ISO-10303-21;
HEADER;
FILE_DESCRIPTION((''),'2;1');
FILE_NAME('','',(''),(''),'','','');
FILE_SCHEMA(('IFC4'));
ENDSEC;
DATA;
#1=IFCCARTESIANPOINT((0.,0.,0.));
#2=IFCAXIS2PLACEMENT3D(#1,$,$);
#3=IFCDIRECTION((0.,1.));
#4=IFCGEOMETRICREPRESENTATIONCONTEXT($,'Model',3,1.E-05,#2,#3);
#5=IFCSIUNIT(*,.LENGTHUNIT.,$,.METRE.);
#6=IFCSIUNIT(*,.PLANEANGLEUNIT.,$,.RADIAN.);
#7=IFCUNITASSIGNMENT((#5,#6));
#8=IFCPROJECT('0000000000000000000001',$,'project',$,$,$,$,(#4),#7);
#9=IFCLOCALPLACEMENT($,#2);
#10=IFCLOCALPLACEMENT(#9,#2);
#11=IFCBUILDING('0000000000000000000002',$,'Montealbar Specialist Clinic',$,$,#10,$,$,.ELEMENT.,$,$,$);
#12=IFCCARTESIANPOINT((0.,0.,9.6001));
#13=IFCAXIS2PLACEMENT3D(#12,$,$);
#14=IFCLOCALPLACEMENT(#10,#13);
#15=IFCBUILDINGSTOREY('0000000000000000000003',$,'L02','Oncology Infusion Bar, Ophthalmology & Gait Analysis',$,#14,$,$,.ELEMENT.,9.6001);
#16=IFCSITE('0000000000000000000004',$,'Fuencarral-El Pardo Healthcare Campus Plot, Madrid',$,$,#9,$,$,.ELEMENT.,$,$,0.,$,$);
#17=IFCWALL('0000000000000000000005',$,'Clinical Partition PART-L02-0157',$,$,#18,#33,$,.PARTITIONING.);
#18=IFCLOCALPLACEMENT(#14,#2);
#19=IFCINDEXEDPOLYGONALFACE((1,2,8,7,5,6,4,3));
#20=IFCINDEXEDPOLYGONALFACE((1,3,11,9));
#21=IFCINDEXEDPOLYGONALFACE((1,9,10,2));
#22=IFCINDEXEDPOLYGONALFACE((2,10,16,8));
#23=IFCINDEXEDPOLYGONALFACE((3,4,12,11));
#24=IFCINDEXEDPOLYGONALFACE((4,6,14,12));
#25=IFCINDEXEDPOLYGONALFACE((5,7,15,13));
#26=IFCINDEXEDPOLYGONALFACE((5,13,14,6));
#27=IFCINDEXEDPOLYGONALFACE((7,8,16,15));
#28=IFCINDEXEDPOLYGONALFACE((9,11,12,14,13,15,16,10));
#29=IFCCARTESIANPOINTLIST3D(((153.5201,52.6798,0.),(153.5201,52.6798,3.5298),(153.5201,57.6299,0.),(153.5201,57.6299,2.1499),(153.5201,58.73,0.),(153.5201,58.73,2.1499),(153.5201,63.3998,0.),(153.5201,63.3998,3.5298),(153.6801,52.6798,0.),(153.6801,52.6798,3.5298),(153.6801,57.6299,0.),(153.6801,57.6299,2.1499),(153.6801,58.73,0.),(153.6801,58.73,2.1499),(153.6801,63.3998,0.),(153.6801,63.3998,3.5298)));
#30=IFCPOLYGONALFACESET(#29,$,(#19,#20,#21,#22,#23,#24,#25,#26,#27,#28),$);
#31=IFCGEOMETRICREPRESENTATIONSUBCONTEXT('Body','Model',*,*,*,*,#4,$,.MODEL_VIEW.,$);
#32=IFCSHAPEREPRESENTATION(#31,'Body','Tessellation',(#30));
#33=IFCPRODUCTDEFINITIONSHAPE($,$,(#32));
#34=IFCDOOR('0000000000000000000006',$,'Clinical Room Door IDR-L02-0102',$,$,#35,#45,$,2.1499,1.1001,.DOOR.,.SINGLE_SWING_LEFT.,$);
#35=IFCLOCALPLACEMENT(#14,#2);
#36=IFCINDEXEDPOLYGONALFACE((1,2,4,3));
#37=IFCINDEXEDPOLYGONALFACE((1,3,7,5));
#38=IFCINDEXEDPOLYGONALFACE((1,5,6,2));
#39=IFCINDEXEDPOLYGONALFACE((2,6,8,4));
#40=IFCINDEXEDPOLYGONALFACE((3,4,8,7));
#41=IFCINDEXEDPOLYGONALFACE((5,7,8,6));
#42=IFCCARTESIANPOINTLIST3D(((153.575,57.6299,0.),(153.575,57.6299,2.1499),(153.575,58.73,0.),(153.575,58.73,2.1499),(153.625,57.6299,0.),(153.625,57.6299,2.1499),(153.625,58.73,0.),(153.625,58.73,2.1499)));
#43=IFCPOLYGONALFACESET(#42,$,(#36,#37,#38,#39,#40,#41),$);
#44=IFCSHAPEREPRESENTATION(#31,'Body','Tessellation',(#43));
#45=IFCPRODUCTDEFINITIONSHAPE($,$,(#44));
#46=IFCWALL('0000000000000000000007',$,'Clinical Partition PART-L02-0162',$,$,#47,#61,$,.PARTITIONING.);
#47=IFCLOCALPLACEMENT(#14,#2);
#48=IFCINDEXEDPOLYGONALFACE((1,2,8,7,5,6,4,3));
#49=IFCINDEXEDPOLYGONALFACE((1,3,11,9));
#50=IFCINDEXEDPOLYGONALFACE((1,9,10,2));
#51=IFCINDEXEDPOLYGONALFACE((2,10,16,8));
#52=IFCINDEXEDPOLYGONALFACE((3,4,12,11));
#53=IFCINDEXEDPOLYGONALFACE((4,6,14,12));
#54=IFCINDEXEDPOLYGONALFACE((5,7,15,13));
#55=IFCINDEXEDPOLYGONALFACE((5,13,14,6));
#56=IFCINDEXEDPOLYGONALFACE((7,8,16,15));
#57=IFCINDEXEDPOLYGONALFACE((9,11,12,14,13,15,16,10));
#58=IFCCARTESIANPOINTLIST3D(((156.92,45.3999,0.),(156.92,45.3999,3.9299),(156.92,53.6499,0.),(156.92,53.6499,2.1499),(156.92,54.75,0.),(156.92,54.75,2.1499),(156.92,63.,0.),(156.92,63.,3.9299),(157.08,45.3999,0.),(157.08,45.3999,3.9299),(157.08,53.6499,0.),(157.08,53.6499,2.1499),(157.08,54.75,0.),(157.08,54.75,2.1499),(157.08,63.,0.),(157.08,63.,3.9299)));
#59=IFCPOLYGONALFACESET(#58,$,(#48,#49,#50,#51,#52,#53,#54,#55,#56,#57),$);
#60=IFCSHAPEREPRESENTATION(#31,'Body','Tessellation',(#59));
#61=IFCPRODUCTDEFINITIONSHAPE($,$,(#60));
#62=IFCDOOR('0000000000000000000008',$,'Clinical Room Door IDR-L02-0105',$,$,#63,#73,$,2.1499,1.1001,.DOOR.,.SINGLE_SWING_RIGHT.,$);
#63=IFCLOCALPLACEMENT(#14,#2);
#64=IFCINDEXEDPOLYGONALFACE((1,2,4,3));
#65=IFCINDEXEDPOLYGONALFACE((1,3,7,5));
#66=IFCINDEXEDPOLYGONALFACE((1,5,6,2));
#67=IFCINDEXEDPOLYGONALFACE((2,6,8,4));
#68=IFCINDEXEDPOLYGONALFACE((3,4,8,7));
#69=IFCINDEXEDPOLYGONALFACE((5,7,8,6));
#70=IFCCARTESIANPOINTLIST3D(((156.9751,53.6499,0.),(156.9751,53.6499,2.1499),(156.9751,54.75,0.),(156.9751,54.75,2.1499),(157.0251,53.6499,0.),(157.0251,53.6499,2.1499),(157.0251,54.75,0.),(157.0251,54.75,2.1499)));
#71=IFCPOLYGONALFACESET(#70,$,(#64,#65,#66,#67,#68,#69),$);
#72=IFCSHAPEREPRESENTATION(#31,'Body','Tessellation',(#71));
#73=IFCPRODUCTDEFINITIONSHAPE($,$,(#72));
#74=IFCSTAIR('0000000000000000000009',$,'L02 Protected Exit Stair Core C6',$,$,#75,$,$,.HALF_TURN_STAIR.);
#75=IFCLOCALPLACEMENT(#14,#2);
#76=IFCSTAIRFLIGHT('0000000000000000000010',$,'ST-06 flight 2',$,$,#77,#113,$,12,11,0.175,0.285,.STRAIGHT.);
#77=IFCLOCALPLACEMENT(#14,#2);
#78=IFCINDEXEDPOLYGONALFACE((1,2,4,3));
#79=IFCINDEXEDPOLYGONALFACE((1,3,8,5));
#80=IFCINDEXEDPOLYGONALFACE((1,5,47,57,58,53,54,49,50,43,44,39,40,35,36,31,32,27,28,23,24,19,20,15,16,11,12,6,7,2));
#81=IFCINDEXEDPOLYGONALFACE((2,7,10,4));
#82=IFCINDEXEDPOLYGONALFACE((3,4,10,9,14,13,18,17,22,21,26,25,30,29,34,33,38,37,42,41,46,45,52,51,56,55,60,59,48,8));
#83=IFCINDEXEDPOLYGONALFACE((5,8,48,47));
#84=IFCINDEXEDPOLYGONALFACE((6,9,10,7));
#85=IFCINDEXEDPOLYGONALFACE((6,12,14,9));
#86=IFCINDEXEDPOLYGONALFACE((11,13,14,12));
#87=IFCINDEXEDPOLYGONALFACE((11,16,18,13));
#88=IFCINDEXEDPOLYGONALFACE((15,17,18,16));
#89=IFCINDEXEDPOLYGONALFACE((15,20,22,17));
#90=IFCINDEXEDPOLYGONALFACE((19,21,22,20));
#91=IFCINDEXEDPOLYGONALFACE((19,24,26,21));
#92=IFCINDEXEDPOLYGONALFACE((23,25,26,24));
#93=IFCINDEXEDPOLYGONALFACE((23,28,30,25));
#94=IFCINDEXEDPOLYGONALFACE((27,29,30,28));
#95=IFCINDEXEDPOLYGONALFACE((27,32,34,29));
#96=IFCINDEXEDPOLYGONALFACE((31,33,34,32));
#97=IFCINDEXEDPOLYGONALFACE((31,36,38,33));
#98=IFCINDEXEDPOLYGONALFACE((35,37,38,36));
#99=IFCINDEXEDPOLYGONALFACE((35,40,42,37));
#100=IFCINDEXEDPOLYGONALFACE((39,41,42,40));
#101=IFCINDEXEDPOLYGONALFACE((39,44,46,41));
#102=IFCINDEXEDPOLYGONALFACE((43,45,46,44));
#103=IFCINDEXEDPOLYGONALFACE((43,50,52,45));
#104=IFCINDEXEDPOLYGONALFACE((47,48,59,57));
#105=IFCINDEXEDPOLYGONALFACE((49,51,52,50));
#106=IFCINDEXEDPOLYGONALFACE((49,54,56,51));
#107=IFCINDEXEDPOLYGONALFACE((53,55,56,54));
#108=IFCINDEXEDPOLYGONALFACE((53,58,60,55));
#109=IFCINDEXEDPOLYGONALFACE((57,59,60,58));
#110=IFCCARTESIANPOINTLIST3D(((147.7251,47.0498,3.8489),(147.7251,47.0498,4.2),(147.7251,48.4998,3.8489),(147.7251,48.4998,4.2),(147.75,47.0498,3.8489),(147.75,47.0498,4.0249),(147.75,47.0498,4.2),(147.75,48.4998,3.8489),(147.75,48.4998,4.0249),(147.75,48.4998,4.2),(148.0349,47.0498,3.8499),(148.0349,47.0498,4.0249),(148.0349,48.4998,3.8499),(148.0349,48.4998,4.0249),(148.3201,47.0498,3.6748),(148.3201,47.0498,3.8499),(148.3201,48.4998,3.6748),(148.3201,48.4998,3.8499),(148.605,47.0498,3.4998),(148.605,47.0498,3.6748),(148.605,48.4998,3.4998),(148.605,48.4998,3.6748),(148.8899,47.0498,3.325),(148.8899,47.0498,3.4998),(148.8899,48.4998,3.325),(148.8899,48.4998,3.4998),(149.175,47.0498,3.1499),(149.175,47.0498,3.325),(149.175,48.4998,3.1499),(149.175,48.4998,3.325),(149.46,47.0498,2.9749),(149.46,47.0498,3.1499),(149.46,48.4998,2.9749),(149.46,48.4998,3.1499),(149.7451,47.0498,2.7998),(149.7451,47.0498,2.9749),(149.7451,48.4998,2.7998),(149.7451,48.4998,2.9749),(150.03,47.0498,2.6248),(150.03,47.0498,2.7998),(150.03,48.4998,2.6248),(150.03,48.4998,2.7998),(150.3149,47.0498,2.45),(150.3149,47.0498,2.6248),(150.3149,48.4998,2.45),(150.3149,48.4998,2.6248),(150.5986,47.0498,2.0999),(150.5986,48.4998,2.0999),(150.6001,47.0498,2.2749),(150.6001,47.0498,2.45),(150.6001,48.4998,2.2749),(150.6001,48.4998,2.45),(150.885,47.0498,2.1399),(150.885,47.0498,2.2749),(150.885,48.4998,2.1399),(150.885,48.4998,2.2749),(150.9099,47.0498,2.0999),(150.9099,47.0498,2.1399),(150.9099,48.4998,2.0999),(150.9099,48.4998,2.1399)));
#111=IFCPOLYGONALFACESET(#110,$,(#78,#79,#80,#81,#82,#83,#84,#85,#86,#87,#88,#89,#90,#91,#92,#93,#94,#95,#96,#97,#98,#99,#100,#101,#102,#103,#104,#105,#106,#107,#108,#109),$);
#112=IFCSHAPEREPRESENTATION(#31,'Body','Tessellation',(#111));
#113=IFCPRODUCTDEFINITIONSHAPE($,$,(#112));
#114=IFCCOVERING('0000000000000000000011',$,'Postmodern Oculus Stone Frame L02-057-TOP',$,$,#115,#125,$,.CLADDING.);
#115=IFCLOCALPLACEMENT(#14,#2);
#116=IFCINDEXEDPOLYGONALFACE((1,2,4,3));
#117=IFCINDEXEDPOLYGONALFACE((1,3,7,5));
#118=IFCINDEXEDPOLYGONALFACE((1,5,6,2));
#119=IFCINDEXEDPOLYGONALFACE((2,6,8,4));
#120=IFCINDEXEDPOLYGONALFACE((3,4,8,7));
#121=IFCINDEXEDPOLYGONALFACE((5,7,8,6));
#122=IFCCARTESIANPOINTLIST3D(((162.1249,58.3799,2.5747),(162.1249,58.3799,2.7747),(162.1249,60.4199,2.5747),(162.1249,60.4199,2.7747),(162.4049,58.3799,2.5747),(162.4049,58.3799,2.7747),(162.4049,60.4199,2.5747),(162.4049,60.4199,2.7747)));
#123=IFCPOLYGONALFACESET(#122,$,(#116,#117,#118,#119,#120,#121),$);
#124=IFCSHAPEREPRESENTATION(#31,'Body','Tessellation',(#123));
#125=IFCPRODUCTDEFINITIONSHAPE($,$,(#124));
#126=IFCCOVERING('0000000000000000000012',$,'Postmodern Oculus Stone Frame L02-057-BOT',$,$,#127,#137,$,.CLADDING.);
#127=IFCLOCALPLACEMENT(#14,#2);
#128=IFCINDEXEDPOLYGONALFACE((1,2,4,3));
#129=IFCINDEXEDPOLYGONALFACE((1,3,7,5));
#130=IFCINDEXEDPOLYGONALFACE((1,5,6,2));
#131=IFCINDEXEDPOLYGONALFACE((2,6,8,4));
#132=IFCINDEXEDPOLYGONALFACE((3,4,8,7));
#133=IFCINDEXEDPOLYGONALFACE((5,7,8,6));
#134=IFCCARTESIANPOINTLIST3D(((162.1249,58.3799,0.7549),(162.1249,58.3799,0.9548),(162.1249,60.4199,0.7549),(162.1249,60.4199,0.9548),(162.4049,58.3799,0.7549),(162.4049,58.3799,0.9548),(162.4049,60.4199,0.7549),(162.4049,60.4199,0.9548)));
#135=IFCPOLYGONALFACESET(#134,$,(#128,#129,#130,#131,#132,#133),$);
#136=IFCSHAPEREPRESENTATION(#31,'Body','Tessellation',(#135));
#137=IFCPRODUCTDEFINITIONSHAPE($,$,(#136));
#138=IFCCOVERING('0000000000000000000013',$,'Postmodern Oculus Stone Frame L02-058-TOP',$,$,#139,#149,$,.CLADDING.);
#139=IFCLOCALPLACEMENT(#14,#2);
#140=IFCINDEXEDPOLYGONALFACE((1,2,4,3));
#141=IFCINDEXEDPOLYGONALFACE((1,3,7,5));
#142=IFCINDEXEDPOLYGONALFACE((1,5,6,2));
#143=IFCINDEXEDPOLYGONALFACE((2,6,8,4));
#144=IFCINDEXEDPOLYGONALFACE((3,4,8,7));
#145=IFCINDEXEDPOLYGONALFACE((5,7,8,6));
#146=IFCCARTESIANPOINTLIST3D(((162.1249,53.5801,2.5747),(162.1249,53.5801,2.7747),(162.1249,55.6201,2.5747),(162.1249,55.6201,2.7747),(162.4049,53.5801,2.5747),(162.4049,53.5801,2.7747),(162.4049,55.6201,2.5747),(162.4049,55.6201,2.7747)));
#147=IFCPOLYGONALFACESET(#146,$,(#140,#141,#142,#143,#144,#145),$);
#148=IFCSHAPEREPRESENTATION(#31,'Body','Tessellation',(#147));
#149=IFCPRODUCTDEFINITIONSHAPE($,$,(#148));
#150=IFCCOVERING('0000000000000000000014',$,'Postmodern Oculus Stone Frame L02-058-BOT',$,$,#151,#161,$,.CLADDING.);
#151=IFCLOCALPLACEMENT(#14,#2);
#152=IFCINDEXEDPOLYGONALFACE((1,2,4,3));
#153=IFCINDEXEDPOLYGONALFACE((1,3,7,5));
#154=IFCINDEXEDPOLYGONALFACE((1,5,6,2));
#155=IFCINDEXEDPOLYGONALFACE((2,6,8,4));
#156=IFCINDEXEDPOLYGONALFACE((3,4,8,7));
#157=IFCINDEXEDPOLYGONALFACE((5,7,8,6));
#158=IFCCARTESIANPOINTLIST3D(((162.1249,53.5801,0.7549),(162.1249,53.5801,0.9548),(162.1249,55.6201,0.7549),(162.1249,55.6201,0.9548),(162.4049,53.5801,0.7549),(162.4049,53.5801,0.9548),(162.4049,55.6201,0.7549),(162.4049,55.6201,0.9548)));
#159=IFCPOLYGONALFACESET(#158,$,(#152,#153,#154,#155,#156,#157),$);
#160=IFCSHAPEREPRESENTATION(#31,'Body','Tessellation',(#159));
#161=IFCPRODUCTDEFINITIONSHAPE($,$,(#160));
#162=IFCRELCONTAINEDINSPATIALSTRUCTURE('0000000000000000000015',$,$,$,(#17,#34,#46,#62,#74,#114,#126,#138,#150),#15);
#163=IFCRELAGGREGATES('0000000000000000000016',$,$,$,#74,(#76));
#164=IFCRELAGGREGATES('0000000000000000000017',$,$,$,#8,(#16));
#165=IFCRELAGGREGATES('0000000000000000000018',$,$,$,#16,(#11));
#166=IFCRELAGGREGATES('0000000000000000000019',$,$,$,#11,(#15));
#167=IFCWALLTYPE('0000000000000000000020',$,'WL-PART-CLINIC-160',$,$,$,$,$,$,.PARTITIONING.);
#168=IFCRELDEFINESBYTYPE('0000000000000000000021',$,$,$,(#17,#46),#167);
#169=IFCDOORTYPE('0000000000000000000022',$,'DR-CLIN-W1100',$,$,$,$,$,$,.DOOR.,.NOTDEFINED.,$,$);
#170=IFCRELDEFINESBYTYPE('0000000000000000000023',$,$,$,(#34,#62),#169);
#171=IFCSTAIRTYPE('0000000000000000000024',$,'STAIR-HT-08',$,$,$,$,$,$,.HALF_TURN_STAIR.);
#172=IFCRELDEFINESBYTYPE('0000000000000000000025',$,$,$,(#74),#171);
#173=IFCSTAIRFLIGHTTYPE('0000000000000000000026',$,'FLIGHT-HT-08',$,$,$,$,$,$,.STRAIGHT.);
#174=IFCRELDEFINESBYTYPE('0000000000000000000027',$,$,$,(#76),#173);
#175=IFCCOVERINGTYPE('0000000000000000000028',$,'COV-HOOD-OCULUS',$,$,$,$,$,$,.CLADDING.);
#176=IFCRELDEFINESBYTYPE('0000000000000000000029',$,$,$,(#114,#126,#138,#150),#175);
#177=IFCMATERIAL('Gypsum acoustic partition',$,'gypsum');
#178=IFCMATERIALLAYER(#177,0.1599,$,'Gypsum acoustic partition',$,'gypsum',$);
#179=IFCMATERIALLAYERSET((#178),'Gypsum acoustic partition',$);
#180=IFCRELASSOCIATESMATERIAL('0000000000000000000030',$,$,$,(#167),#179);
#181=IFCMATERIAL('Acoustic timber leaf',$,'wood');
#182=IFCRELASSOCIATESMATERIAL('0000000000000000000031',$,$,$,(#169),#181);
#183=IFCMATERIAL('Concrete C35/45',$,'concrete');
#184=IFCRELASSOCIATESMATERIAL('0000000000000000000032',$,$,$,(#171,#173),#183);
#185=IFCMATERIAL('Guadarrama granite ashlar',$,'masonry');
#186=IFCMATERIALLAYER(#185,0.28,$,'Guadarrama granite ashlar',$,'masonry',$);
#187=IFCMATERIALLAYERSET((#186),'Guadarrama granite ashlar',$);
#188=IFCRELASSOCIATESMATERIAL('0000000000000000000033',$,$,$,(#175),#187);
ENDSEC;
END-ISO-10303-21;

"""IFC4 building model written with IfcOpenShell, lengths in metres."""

from ifc_helpers import new_model, si_unit, direction, frame, frame_2d, origin, origin_2d, place, context, subcontext, project, spatial, polyline, rectangle, outline, extrude, material, layer, layer_set, type_object, element, fill, aggregate, save


model = new_model("IFC4")

# Units and contexts
model_context = context("Model", 3, precision=1e-05, world=origin(), true_north=direction((0.0, 1.0)))
body_context = subcontext(model_context, "Body", "Model", "MODEL_VIEW")
ifc_project = project(units=[si_unit("LENGTHUNIT", "METRE"), si_unit("PLANEANGLEUNIT", "RADIAN")], contexts=[model_context])

# Site, building, storey
site_placement = place(None, origin())
site = spatial("IfcSite", under=ifc_project, at=site_placement, Name="Fuencarral-El Pardo Healthcare Campus Plot, Madrid", CompositionType="ELEMENT", RefElevation=0.0)
building_placement = place(site_placement, origin())
building = spatial("IfcBuilding", under=site, at=building_placement, Name="Montealbar Specialist Clinic", CompositionType="ELEMENT")
storey_placement = place(building_placement, frame((0.0, 0.0, 9.6001)))
storey = spatial("IfcBuildingStorey", under=building, at=storey_placement, Name="L02", Description="Oncology Infusion Bar, Ophthalmology & Gait Analysis", CompositionType="ELEMENT", Elevation=9.6001)

# Shared definitions
ifc_material_1 = material(Name="Concrete C35/45", Category="concrete")

# Walls, openings, doors
ifc_material_2 = material(Name="Gypsum acoustic partition", Category="gypsum")
ifc_layer_1 = layer(ifc_material_2, 0.1599, Name="Gypsum acoustic partition", Category="gypsum")
ifc_layer_set_1 = layer_set([ifc_layer_1], Name="Gypsum acoustic partition")
wall_type_1 = type_object("IfcWallType", Name="WL-PART-CLINIC-160", PredefinedType="PARTITIONING", material=ifc_layer_set_1)
wall_1_placement = place(storey_placement, frame((153.6001, 52.6799, 0.0), z_axis=(0.0, 0.0, 1.0), x_axis=(0.0, 1.0, 0.0)))
wall_1 = element("IfcWall", 1, at=wall_1_placement, inside=storey, type_object=wall_type_1, Name="Clinical Partition PART-L02-0157", PredefinedType="PARTITIONING", context=body_context, shape_type="SweptSolid", body=[
    extrude(rectangle(XDim=10.72, YDim=0.1599, at=frame_2d((5.3599, 0.0))), origin(), (0.0, 0.0, 1.0), 3.5298),
])
opening_1_placement = place(wall_1_placement, frame((4.95, 0.0, 0.0)))
opening_1 = element("IfcOpeningElement", 2, at=opening_1_placement, cuts=wall_1, PredefinedType="OPENING", context=body_context, shape_type="SweptSolid", body=[
    extrude(rectangle(XDim=1.1001, YDim=2.1499, at=frame_2d((0.55, 1.075))), frame((0.0, 0.0898, 0.0), z_axis=(0.0, -1.0, 0.0), x_axis=(1.0, 0.0, 0.0)), (0.0, 0.0, 1.0), 0.1799),
])
ifc_material_3 = material(Name="Acoustic timber leaf", Category="wood")
door_type = type_object("IfcDoorType", Name="DR-CLIN-W1100", OperationType="NOTDEFINED", PredefinedType="DOOR", material=ifc_material_3)
door_1_placement = place(opening_1_placement, frame((1.1001, 0.0, 0.0), z_axis=(0.0, 0.0, 1.0), x_axis=(-1.0, 0.0, 0.0)))
door_1 = element("IfcDoor", 3, at=door_1_placement, inside=storey, type_object=door_type, Name="Clinical Room Door IDR-L02-0102", OperationType="SINGLE_SWING_LEFT", OverallHeight=2.1499, OverallWidth=1.1001, PredefinedType="DOOR", context=body_context, shape_type="SweptSolid", body=[
    extrude(rectangle(XDim=1.1001, YDim=2.1499, at=frame_2d((0.55, 1.075))), frame((0.0, 0.0249, 0.0), z_axis=(0.0, -1.0, 0.0), x_axis=(1.0, 0.0, 0.0)), (0.0, 0.0, 1.0), 0.05),
])
fill(opening_1, door_1)
wall_2_placement = place(storey_placement, frame((157.0, 45.3999, 0.0), z_axis=(0.0, 0.0, 1.0), x_axis=(0.0, 1.0, 0.0)))
wall_2 = element("IfcWall", 4, at=wall_2_placement, inside=storey, type_object=wall_type_1, Name="Clinical Partition PART-L02-0162", PredefinedType="PARTITIONING", context=body_context, shape_type="SweptSolid", body=[
    extrude(rectangle(XDim=17.6001, YDim=0.1599, at=frame_2d((8.8, 0.0))), origin(), (0.0, 0.0, 1.0), 3.9299),
])
opening_2_placement = place(wall_2_placement, frame((8.25, 0.0, 0.0)))
opening_2 = element("IfcOpeningElement", 5, at=opening_2_placement, cuts=wall_2, PredefinedType="OPENING", context=body_context, shape_type="SweptSolid", body=[
    extrude(rectangle(XDim=1.1001, YDim=2.1499, at=frame_2d((0.55, 1.075))), frame((0.0, 0.0898, 0.0), z_axis=(0.0, -1.0, 0.0), x_axis=(1.0, 0.0, 0.0)), (0.0, 0.0, 1.0), 0.1799),
])
door_2_placement = place(opening_2_placement, origin())
door_2 = element("IfcDoor", 6, at=door_2_placement, inside=storey, type_object=door_type, Name="Clinical Room Door IDR-L02-0105", OperationType="SINGLE_SWING_RIGHT", OverallHeight=2.1499, OverallWidth=1.1001, PredefinedType="DOOR", context=body_context, shape_type="SweptSolid", body=[
    extrude(rectangle(XDim=1.1001, YDim=2.1499, at=frame_2d((0.55, 1.075))), frame((0.0, 0.0249, 0.0), z_axis=(0.0, -1.0, 0.0), x_axis=(1.0, 0.0, 0.0)), (0.0, 0.0, 1.0), 0.05),
])
fill(opening_2, door_2)

# Stair, stair flight
stair_type = type_object("IfcStairType", Name="STAIR-HT-08", PredefinedType="HALF_TURN_STAIR", material=ifc_material_1)
stair_placement = place(storey_placement, origin())
stair = element("IfcStair", 7, at=stair_placement, inside=storey, type_object=stair_type, Name="L02 Protected Exit Stair Core C6", PredefinedType="HALF_TURN_STAIR")
stair_flight_type = type_object("IfcStairFlightType", Name="FLIGHT-HT-08", PredefinedType="STRAIGHT", material=ifc_material_1)
stair_flight_placement = place(storey_placement, frame((150.885, 47.7749, 2.0999), z_axis=(0.0, 0.0, 1.0), x_axis=(-1.0, 0.0, 0.0)))
stair_flight = element("IfcStairFlight", 8, at=stair_flight_placement, type_object=stair_flight_type, Name="ST-06 flight 2", NumberOfRisers=12, NumberOfTreads=11, PredefinedType="STRAIGHT", RiserHeight=0.175, TreadLength=0.285, context=body_context, shape_type="SweptSolid", body=[
    extrude(outline(polyline([(-0.0249, 0.0), (-0.0249, 0.04), (0.0, 0.04), (0.0, 0.175), (0.2849, 0.175), (0.2849, 0.3501), (0.5701, 0.3501), (0.5701, 0.5249), (0.855, 0.5249), (0.855, 0.7), (1.1399, 0.7), (1.1399, 0.875), (1.425, 0.875), (1.425, 1.05), (1.71, 1.05), (1.71, 1.2251), (1.9951, 1.2251), (1.9951, 1.3999), (2.28, 1.3999), (2.28, 1.575), (2.5649, 1.575), (2.5649, 1.75), (2.8501, 1.75), (2.8501, 1.925), (3.135, 1.925), (3.135, 2.1001), (3.1599, 2.1001), (3.1599, 1.749), (3.135, 1.749), (0.2864, 0.0), (-0.0249, 0.0)])), frame((0.0, 0.7251, 0.0), z_axis=(0.0, -1.0, 0.0), x_axis=(1.0, 0.0, 0.0)), (0.0, 0.0, 1.0), 1.45),
])
aggregate(stair, [stair_flight])

# Coverings
ifc_material_4 = material(Name="Guadarrama granite ashlar", Category="masonry")
ifc_layer_2 = layer(ifc_material_4, 0.28, Name="Guadarrama granite ashlar", Category="masonry")
ifc_layer_set_2 = layer_set([ifc_layer_2], Name="Guadarrama granite ashlar")
covering_type = type_object("IfcCoveringType", Name="COV-HOOD-OCULUS", PredefinedType="CLADDING", material=ifc_layer_set_2)
for number, where, z_axis, x_axis, name in (
    (9, (162.2649, 59.3999, 2.5747), (0.0, 0.0, 1.0), (0.0, -1.0, 0.0), "Postmodern Oculus Stone Frame L02-057-TOP"),
    (10, (162.2649, 59.3999, 0.7549), (0.0, 0.0, 1.0), (0.0, -1.0, 0.0), "Postmodern Oculus Stone Frame L02-057-BOT"),
    (11, (162.2649, 54.6001, 2.5747), (0.0, 0.0, 1.0), (0.0, -1.0, 0.0), "Postmodern Oculus Stone Frame L02-058-TOP"),
    (12, (162.2649, 54.6001, 0.7549), (0.0, 0.0, 1.0), (0.0, -1.0, 0.0), "Postmodern Oculus Stone Frame L02-058-BOT"),
):
    element("IfcCovering", number, at=place(storey_placement, frame(where, z_axis=z_axis, x_axis=x_axis)), inside=storey, type_object=covering_type, Name=name, PredefinedType="CLADDING", context=body_context, shape_type="SweptSolid", body=[
        extrude(rectangle(XDim=2.04, YDim=0.28, at=origin_2d()), origin(), (0.0, 0.0, 1.0), 0.2),
    ])

save(model, "model.ifc")
